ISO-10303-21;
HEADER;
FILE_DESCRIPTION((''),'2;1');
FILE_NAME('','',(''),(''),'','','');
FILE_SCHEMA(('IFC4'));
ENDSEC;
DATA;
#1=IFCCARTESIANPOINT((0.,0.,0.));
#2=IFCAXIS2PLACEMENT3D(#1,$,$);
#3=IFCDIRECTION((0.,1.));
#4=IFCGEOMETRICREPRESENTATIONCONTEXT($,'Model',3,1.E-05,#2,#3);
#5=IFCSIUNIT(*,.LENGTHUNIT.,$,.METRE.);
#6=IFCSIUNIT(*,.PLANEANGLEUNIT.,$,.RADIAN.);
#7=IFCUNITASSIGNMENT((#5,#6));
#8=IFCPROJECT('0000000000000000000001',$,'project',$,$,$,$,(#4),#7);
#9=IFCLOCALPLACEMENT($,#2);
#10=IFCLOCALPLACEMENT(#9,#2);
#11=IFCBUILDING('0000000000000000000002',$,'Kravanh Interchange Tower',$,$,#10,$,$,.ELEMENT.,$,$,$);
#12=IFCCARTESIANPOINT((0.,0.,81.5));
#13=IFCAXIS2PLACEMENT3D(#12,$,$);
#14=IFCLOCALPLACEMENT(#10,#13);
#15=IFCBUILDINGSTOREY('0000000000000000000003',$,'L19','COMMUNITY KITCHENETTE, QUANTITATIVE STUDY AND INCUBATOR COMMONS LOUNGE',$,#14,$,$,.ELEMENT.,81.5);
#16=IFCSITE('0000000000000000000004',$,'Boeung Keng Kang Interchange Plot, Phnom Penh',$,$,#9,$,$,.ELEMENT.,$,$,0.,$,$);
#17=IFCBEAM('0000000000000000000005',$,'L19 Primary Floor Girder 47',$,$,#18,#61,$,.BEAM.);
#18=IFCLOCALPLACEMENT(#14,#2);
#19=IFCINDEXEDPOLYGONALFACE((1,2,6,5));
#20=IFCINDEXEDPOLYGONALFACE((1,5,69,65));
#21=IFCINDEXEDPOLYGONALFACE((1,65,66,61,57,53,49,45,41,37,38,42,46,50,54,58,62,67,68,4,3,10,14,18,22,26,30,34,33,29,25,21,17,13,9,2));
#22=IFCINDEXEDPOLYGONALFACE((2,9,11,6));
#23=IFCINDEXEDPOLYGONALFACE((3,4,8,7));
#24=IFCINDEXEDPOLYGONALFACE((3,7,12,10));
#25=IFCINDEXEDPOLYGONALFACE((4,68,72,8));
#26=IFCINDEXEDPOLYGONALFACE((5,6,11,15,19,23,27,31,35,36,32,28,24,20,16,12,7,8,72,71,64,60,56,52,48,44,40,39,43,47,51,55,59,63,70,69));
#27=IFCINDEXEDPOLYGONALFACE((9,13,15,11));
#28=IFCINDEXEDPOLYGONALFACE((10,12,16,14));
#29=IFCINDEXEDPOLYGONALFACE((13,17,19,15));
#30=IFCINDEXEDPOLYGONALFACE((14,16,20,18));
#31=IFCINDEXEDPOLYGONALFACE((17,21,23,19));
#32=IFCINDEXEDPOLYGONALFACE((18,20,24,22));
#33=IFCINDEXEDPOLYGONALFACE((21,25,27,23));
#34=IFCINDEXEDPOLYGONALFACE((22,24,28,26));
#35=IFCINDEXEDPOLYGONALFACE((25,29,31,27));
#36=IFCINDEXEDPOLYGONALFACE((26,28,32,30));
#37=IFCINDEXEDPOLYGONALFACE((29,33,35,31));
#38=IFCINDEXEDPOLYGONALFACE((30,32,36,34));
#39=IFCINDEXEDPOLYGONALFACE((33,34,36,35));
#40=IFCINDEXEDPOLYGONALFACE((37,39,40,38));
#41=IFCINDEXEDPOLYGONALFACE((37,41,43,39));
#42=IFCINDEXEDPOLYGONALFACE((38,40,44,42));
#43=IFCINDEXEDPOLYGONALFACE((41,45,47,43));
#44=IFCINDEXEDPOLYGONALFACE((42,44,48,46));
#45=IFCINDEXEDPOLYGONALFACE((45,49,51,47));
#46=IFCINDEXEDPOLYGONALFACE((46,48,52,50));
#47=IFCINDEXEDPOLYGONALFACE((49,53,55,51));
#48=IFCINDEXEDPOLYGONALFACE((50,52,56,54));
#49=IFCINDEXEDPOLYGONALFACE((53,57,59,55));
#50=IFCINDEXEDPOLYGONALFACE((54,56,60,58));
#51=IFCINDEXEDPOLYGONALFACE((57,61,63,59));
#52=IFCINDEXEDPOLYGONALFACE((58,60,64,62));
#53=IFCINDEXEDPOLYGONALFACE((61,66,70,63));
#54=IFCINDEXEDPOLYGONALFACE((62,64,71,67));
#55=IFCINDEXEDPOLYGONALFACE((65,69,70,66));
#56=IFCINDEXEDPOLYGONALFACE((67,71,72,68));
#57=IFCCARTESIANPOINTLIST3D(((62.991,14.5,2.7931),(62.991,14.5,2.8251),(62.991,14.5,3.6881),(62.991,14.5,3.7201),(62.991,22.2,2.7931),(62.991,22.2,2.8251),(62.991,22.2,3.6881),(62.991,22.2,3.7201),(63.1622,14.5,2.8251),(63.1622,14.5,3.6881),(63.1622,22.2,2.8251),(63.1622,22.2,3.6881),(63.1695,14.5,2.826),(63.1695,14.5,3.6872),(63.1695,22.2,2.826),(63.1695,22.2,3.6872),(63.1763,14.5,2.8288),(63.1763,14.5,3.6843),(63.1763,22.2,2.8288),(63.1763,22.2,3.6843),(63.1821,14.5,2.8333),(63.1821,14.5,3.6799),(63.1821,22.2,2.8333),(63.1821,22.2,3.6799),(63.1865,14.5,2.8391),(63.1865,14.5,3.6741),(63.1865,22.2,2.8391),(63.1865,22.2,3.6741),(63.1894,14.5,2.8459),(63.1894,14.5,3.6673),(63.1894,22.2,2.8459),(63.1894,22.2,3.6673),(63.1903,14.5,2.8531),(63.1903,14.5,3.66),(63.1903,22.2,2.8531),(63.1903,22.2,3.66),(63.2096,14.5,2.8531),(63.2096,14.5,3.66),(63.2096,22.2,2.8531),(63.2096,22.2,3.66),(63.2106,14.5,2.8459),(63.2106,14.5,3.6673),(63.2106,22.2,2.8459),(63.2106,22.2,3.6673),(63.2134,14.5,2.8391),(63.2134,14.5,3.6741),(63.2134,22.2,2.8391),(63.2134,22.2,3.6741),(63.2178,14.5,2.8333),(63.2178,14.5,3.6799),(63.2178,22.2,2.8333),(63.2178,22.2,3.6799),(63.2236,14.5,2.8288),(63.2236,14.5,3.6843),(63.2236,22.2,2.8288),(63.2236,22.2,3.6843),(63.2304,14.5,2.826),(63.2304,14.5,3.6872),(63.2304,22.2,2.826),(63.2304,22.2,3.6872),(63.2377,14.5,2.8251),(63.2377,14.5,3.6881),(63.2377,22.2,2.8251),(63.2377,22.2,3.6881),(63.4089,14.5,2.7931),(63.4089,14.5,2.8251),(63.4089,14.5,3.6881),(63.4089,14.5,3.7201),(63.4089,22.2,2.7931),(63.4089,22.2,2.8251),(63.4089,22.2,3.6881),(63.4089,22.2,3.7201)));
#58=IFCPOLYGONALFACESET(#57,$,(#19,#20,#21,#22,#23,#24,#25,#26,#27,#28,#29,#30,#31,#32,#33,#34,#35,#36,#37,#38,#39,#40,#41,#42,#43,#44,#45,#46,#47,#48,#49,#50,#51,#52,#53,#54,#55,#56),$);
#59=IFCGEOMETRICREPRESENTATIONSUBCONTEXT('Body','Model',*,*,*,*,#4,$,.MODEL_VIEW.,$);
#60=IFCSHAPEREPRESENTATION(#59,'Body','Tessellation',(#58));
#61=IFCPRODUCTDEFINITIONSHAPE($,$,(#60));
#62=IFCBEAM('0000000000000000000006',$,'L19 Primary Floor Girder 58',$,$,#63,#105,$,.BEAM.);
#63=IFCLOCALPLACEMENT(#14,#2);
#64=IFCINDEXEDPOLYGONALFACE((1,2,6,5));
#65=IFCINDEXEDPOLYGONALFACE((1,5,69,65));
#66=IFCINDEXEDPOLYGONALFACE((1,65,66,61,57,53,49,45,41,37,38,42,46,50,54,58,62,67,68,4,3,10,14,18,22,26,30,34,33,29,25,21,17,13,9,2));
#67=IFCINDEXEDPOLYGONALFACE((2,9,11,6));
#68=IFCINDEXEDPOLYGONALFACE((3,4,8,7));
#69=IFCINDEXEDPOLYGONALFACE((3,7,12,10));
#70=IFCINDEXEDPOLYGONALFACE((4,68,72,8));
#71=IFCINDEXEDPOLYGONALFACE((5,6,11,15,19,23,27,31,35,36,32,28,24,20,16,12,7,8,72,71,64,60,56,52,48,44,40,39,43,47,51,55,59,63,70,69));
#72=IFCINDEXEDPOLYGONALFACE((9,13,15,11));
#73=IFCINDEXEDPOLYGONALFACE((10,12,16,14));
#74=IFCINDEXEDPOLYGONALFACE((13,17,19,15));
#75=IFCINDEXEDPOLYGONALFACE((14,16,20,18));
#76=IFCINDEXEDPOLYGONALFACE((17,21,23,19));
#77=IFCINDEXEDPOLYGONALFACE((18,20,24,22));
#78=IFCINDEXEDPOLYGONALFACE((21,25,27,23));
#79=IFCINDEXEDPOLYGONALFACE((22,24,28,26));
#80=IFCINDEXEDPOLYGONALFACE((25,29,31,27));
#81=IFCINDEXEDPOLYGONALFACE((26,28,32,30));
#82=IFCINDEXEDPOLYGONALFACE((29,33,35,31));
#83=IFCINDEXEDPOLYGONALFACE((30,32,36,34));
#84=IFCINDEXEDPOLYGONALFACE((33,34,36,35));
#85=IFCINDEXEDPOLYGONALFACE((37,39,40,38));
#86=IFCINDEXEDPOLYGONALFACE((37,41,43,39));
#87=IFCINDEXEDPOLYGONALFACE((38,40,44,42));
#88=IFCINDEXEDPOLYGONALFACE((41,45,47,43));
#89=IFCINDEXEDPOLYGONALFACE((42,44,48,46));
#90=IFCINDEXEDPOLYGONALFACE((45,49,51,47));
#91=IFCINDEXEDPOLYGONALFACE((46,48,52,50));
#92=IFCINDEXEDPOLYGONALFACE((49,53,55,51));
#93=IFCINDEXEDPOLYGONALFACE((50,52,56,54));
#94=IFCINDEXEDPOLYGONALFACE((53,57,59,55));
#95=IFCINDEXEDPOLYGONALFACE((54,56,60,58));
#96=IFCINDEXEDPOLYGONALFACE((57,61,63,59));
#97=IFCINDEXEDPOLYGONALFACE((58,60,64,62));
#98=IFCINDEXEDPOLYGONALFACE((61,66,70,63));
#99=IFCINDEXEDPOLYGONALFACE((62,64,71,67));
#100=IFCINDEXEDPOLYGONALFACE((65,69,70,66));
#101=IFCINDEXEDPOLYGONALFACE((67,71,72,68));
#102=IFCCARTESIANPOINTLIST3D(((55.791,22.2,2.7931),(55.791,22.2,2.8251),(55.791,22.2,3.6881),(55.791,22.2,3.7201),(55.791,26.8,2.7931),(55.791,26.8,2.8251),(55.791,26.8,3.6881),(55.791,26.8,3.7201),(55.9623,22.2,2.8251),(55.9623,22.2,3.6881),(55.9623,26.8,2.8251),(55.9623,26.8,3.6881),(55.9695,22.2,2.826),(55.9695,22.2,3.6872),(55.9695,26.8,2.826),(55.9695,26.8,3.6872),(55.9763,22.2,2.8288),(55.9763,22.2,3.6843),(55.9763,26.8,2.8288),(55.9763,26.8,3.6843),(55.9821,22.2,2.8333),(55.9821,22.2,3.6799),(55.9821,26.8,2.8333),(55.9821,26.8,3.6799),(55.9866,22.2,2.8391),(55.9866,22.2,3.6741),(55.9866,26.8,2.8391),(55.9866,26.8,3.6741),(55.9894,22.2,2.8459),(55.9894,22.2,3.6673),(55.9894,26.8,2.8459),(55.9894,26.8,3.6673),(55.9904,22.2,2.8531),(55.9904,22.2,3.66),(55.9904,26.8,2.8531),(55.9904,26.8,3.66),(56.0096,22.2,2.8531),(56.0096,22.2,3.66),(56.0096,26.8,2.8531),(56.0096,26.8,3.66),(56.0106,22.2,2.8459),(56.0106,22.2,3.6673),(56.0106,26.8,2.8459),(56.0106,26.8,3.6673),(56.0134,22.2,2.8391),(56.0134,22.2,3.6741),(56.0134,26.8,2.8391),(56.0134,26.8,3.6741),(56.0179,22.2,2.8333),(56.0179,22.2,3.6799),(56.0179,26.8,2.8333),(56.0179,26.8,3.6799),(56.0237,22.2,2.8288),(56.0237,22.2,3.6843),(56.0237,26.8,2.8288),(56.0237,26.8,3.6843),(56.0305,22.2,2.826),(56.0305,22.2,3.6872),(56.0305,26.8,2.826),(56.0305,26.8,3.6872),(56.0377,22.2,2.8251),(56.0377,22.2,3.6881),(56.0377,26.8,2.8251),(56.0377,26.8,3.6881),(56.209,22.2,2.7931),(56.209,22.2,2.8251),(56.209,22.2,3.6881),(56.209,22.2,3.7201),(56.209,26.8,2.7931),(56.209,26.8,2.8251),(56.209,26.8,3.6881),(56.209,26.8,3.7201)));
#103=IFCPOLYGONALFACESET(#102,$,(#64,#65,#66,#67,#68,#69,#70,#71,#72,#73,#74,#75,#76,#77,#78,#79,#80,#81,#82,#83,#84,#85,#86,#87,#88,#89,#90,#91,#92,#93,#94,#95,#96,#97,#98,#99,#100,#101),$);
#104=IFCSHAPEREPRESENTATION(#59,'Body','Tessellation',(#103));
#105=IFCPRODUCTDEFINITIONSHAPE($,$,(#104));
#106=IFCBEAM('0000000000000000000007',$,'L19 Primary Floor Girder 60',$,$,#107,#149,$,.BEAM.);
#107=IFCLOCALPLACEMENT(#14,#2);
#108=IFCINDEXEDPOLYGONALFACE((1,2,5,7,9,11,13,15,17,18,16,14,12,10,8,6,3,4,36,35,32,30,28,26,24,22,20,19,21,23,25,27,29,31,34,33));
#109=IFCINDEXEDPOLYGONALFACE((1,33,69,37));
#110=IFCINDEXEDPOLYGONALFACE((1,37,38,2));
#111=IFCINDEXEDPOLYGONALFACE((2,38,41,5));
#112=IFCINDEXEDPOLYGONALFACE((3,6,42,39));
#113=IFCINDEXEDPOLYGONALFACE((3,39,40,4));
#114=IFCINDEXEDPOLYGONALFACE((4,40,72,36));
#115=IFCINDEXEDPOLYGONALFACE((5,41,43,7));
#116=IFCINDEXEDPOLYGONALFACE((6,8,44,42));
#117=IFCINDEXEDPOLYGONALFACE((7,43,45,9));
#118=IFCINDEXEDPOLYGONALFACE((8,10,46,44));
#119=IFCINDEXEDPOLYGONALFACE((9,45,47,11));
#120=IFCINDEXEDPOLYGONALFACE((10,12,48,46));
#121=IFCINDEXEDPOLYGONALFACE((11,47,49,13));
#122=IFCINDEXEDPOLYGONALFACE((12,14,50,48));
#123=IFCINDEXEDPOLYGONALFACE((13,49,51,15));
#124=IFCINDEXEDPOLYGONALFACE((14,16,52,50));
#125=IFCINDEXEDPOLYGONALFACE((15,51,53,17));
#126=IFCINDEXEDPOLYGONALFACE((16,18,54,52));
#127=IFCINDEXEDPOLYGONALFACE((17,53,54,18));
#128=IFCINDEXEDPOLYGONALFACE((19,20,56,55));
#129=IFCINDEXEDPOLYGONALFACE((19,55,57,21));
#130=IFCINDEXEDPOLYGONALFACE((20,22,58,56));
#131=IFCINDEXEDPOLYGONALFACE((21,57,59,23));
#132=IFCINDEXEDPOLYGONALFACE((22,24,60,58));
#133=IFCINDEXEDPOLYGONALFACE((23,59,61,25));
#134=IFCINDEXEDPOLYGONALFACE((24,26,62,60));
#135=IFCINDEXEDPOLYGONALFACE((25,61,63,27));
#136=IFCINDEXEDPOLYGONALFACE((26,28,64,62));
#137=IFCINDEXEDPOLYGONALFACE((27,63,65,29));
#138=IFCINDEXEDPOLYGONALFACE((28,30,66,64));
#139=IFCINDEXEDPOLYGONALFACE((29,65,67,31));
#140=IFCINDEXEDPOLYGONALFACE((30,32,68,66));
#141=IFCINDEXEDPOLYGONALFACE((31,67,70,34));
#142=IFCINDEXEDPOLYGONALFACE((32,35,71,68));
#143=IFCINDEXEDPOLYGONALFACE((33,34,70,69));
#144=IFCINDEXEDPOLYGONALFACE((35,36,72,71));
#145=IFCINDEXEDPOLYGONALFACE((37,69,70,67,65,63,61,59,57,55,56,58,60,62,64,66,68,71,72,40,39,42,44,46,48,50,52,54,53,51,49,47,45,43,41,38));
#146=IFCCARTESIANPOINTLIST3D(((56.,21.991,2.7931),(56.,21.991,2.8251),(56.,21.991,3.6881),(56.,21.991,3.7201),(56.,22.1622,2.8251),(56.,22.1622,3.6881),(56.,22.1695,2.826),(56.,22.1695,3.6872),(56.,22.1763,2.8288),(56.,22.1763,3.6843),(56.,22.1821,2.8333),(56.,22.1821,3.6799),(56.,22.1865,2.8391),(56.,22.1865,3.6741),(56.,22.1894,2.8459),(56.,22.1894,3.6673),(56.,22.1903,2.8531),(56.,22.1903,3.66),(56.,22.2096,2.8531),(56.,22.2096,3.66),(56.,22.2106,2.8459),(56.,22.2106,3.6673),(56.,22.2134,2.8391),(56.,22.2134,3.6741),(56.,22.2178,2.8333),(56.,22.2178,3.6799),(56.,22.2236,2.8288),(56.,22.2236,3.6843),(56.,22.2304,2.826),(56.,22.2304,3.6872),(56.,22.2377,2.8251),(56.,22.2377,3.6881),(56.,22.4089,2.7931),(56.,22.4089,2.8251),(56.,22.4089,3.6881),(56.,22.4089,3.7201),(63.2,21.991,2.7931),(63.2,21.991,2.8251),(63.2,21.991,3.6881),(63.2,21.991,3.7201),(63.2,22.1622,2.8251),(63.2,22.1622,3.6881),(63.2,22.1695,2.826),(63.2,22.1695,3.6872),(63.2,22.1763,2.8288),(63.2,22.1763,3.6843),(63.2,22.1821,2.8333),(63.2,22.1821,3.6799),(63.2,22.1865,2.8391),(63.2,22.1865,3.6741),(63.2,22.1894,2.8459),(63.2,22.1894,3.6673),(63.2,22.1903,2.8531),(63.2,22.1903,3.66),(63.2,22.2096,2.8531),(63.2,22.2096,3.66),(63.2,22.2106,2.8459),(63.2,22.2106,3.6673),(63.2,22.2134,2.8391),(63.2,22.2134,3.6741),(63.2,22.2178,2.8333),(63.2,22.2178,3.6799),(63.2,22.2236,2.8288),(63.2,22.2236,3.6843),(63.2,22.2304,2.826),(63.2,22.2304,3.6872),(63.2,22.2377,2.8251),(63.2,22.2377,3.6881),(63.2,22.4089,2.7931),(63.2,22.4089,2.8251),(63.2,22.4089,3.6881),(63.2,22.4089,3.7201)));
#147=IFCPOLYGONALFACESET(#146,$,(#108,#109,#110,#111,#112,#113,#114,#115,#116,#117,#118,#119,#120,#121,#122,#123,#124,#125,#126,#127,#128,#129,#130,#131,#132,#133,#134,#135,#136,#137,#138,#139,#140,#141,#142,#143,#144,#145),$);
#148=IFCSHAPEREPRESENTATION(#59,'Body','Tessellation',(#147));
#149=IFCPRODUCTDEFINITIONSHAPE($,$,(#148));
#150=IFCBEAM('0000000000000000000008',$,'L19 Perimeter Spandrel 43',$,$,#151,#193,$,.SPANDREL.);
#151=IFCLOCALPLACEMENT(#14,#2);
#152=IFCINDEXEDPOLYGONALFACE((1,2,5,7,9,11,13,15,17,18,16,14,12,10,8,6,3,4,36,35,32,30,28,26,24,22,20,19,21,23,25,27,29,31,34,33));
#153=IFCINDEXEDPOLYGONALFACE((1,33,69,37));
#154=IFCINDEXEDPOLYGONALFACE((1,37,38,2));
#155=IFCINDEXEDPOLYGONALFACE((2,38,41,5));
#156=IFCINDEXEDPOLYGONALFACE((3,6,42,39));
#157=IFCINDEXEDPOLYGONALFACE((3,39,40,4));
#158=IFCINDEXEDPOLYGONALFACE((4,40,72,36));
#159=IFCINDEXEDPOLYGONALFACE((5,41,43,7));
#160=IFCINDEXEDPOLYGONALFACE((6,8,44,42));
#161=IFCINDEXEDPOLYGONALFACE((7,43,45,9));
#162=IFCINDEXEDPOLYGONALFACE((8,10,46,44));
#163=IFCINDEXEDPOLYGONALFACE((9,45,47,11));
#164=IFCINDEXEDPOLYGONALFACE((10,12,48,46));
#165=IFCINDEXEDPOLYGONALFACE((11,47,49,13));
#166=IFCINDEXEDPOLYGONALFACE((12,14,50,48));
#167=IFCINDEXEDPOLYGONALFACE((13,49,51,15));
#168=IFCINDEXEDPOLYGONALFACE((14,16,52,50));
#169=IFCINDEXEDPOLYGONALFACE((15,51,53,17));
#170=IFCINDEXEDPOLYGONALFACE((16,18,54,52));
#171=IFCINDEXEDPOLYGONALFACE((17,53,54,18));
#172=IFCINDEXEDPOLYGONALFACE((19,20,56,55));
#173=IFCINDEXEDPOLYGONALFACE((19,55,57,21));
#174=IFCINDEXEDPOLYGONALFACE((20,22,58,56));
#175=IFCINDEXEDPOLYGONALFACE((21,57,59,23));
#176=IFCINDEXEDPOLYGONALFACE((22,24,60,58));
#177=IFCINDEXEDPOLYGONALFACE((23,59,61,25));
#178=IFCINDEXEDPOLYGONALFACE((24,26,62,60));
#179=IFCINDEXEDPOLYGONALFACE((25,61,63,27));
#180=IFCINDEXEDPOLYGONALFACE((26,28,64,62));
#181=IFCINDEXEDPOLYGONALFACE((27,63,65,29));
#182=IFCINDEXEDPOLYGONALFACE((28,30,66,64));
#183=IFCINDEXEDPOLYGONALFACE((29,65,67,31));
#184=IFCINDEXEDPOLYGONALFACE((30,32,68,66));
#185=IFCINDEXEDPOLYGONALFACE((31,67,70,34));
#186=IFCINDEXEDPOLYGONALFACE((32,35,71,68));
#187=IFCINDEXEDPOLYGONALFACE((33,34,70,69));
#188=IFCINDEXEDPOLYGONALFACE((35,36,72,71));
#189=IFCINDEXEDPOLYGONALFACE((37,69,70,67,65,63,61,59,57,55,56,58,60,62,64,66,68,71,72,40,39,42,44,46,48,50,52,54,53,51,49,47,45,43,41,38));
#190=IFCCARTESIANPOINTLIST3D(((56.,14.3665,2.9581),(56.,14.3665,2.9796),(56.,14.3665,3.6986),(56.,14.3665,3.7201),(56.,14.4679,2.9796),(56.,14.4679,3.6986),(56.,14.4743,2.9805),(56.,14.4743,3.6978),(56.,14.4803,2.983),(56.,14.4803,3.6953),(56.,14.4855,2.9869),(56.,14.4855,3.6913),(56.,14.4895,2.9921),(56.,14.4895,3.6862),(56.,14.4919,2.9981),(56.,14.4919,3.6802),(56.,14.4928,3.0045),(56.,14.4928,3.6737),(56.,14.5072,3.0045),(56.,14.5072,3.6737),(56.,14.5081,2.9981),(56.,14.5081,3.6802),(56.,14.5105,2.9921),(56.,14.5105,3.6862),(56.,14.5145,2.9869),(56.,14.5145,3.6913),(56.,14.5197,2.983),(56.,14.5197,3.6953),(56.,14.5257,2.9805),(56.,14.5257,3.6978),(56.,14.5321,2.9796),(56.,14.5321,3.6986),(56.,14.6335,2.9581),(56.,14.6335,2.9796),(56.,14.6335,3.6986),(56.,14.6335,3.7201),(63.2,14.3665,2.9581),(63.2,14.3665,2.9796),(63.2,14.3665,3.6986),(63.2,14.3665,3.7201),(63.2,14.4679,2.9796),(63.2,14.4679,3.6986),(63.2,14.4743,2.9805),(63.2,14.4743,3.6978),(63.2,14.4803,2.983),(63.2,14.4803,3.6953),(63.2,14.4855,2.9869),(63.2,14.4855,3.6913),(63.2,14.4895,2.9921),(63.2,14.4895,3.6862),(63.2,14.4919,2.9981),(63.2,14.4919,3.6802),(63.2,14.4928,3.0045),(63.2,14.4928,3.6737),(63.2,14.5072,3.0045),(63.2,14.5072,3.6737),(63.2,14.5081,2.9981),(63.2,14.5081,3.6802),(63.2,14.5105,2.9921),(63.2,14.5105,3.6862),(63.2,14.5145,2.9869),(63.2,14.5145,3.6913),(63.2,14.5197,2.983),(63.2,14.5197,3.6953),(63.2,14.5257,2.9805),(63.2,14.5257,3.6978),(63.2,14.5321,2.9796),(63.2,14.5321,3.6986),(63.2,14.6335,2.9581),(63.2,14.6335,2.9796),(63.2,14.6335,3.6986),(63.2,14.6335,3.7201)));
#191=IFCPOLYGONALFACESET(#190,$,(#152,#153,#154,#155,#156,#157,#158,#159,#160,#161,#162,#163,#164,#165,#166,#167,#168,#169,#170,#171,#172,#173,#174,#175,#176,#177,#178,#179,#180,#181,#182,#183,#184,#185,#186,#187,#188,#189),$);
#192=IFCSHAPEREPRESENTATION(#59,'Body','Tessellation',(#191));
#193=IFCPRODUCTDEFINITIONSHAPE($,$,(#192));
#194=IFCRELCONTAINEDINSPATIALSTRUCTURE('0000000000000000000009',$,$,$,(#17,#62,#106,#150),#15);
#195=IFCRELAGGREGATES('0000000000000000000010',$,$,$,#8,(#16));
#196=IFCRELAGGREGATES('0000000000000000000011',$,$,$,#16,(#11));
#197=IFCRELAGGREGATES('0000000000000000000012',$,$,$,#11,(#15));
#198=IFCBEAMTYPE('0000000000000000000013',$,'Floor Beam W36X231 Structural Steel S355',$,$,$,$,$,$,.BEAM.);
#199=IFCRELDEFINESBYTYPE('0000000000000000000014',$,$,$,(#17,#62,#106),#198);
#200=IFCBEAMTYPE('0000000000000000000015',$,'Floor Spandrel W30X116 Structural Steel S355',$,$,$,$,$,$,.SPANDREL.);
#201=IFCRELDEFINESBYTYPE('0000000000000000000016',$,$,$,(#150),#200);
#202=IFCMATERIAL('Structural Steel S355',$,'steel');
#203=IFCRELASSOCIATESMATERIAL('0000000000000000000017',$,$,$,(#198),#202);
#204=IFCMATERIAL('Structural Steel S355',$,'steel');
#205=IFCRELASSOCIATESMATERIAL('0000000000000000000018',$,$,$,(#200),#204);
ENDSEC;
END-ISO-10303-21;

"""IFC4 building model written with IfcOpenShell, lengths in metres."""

from ifc_helpers import new_model, si_unit, direction, frame, origin, origin_2d, place, context, subcontext, project, spatial, i_section, extrude, material, material_profile, profile_set, type_object, element, save


model = new_model("IFC4")

# Units and contexts
model_context = context("Model", 3, precision=1e-05, world=origin(), true_north=direction((0.0, 1.0)))
body_context = subcontext(model_context, "Body", "Model", "MODEL_VIEW")
ifc_project = project(units=[si_unit("LENGTHUNIT", "METRE"), si_unit("PLANEANGLEUNIT", "RADIAN")], contexts=[model_context])

# Site, building, storey
site_placement = place(None, origin())
site = spatial("IfcSite", under=ifc_project, at=site_placement, Name="Boeung Keng Kang Interchange Plot, Phnom Penh", CompositionType="ELEMENT", RefElevation=0.0)
building_placement = place(site_placement, origin())
building = spatial("IfcBuilding", under=site, at=building_placement, Name="Kravanh Interchange Tower", CompositionType="ELEMENT")
storey_placement = place(building_placement, frame((0.0, 0.0, 81.5)))
storey = spatial("IfcBuildingStorey", under=building, at=storey_placement, Name="L19", Description="COMMUNITY KITCHENETTE, QUANTITATIVE STUDY AND INCUBATOR COMMONS LOUNGE", CompositionType="ELEMENT", Elevation=81.5)

# Beams
ifc_material_1 = material(Name="Structural Steel S355", Category="steel")
ifc_material_profile_1 = material_profile(ifc_material_1, i_section(OverallWidth=0.418, OverallDepth=0.927, WebThickness=0.0193, FlangeThickness=0.032, FilletRadius=0.0281, at=origin_2d()), Name="W36X231")
ifc_profile_set_1 = profile_set([ifc_material_profile_1], Name="Structural Steel S355")
beam_type_1 = type_object("IfcBeamType", Name="Floor Beam W36X231 Structural Steel S355", PredefinedType="BEAM", material=ifc_profile_set_1)
for number, where, z_axis, x_axis, name in (
    (1, (63.2, 14.5, 3.2566), (0.0, 1.0, 0.0), (-1.0, 0.0, 0.0), "L19 Primary Floor Girder 47"),
):
    element("IfcBeam", number, at=place(storey_placement, frame(where, z_axis=z_axis, x_axis=x_axis)), inside=storey, type_object=beam_type_1, Name=name, PredefinedType="BEAM", context=body_context, shape_type="SweptSolid", body=[
        extrude(i_section(OverallWidth=0.418, OverallDepth=0.927, WebThickness=0.0193, FlangeThickness=0.032, FilletRadius=0.0281, at=origin_2d()), origin(), (0.0, 0.0, 1.0), 7.7),
    ])
beam_1_placement = place(storey_placement, frame((56.0, 22.2, 3.2566), z_axis=(0.0, 1.0, 0.0), x_axis=(-1.0, 0.0, 0.0)))
element("IfcBeam", 2, at=beam_1_placement, inside=storey, type_object=beam_type_1, Name="L19 Primary Floor Girder 58", PredefinedType="BEAM", context=body_context, shape_type="SweptSolid", body=[
    extrude(i_section(OverallWidth=0.418, OverallDepth=0.927, WebThickness=0.0193, FlangeThickness=0.032, FilletRadius=0.0281, at=origin_2d()), origin(), (0.0, 0.0, 1.0), 4.6001),
])
beam_2_placement = place(storey_placement, frame((56.0, 22.2, 3.2566), z_axis=(1.0, 0.0, 0.0), x_axis=(0.0, 1.0, 0.0)))
element("IfcBeam", 3, at=beam_2_placement, inside=storey, type_object=beam_type_1, Name="L19 Primary Floor Girder 60", PredefinedType="BEAM", context=body_context, shape_type="SweptSolid", body=[
    extrude(i_section(OverallWidth=0.418, OverallDepth=0.927, WebThickness=0.0193, FlangeThickness=0.032, FilletRadius=0.0281, at=origin_2d()), origin(), (0.0, 0.0, 1.0), 7.2),
])
ifc_material_2 = material(Name="Structural Steel S355", Category="steel")
ifc_material_profile_2 = material_profile(ifc_material_2, i_section(OverallWidth=0.2671, OverallDepth=0.762, WebThickness=0.0144, FlangeThickness=0.0215, FilletRadius=0.0249, at=origin_2d()), Name="W30X116")
ifc_profile_set_2 = profile_set([ifc_material_profile_2], Name="Structural Steel S355")
beam_type_2 = type_object("IfcBeamType", Name="Floor Spandrel W30X116 Structural Steel S355", PredefinedType="SPANDREL", material=ifc_profile_set_2)
beam_3_placement = place(storey_placement, frame((56.0, 14.5, 3.3391), z_axis=(1.0, 0.0, 0.0), x_axis=(0.0, 1.0, 0.0)))
element("IfcBeam", 4, at=beam_3_placement, inside=storey, type_object=beam_type_2, Name="L19 Perimeter Spandrel 43", PredefinedType="SPANDREL", context=body_context, shape_type="SweptSolid", body=[
    extrude(i_section(OverallWidth=0.2671, OverallDepth=0.762, WebThickness=0.0144, FlangeThickness=0.0215, FilletRadius=0.0249, at=origin_2d()), origin(), (0.0, 0.0, 1.0), 7.2),
])

save(model, "model.ifc")
